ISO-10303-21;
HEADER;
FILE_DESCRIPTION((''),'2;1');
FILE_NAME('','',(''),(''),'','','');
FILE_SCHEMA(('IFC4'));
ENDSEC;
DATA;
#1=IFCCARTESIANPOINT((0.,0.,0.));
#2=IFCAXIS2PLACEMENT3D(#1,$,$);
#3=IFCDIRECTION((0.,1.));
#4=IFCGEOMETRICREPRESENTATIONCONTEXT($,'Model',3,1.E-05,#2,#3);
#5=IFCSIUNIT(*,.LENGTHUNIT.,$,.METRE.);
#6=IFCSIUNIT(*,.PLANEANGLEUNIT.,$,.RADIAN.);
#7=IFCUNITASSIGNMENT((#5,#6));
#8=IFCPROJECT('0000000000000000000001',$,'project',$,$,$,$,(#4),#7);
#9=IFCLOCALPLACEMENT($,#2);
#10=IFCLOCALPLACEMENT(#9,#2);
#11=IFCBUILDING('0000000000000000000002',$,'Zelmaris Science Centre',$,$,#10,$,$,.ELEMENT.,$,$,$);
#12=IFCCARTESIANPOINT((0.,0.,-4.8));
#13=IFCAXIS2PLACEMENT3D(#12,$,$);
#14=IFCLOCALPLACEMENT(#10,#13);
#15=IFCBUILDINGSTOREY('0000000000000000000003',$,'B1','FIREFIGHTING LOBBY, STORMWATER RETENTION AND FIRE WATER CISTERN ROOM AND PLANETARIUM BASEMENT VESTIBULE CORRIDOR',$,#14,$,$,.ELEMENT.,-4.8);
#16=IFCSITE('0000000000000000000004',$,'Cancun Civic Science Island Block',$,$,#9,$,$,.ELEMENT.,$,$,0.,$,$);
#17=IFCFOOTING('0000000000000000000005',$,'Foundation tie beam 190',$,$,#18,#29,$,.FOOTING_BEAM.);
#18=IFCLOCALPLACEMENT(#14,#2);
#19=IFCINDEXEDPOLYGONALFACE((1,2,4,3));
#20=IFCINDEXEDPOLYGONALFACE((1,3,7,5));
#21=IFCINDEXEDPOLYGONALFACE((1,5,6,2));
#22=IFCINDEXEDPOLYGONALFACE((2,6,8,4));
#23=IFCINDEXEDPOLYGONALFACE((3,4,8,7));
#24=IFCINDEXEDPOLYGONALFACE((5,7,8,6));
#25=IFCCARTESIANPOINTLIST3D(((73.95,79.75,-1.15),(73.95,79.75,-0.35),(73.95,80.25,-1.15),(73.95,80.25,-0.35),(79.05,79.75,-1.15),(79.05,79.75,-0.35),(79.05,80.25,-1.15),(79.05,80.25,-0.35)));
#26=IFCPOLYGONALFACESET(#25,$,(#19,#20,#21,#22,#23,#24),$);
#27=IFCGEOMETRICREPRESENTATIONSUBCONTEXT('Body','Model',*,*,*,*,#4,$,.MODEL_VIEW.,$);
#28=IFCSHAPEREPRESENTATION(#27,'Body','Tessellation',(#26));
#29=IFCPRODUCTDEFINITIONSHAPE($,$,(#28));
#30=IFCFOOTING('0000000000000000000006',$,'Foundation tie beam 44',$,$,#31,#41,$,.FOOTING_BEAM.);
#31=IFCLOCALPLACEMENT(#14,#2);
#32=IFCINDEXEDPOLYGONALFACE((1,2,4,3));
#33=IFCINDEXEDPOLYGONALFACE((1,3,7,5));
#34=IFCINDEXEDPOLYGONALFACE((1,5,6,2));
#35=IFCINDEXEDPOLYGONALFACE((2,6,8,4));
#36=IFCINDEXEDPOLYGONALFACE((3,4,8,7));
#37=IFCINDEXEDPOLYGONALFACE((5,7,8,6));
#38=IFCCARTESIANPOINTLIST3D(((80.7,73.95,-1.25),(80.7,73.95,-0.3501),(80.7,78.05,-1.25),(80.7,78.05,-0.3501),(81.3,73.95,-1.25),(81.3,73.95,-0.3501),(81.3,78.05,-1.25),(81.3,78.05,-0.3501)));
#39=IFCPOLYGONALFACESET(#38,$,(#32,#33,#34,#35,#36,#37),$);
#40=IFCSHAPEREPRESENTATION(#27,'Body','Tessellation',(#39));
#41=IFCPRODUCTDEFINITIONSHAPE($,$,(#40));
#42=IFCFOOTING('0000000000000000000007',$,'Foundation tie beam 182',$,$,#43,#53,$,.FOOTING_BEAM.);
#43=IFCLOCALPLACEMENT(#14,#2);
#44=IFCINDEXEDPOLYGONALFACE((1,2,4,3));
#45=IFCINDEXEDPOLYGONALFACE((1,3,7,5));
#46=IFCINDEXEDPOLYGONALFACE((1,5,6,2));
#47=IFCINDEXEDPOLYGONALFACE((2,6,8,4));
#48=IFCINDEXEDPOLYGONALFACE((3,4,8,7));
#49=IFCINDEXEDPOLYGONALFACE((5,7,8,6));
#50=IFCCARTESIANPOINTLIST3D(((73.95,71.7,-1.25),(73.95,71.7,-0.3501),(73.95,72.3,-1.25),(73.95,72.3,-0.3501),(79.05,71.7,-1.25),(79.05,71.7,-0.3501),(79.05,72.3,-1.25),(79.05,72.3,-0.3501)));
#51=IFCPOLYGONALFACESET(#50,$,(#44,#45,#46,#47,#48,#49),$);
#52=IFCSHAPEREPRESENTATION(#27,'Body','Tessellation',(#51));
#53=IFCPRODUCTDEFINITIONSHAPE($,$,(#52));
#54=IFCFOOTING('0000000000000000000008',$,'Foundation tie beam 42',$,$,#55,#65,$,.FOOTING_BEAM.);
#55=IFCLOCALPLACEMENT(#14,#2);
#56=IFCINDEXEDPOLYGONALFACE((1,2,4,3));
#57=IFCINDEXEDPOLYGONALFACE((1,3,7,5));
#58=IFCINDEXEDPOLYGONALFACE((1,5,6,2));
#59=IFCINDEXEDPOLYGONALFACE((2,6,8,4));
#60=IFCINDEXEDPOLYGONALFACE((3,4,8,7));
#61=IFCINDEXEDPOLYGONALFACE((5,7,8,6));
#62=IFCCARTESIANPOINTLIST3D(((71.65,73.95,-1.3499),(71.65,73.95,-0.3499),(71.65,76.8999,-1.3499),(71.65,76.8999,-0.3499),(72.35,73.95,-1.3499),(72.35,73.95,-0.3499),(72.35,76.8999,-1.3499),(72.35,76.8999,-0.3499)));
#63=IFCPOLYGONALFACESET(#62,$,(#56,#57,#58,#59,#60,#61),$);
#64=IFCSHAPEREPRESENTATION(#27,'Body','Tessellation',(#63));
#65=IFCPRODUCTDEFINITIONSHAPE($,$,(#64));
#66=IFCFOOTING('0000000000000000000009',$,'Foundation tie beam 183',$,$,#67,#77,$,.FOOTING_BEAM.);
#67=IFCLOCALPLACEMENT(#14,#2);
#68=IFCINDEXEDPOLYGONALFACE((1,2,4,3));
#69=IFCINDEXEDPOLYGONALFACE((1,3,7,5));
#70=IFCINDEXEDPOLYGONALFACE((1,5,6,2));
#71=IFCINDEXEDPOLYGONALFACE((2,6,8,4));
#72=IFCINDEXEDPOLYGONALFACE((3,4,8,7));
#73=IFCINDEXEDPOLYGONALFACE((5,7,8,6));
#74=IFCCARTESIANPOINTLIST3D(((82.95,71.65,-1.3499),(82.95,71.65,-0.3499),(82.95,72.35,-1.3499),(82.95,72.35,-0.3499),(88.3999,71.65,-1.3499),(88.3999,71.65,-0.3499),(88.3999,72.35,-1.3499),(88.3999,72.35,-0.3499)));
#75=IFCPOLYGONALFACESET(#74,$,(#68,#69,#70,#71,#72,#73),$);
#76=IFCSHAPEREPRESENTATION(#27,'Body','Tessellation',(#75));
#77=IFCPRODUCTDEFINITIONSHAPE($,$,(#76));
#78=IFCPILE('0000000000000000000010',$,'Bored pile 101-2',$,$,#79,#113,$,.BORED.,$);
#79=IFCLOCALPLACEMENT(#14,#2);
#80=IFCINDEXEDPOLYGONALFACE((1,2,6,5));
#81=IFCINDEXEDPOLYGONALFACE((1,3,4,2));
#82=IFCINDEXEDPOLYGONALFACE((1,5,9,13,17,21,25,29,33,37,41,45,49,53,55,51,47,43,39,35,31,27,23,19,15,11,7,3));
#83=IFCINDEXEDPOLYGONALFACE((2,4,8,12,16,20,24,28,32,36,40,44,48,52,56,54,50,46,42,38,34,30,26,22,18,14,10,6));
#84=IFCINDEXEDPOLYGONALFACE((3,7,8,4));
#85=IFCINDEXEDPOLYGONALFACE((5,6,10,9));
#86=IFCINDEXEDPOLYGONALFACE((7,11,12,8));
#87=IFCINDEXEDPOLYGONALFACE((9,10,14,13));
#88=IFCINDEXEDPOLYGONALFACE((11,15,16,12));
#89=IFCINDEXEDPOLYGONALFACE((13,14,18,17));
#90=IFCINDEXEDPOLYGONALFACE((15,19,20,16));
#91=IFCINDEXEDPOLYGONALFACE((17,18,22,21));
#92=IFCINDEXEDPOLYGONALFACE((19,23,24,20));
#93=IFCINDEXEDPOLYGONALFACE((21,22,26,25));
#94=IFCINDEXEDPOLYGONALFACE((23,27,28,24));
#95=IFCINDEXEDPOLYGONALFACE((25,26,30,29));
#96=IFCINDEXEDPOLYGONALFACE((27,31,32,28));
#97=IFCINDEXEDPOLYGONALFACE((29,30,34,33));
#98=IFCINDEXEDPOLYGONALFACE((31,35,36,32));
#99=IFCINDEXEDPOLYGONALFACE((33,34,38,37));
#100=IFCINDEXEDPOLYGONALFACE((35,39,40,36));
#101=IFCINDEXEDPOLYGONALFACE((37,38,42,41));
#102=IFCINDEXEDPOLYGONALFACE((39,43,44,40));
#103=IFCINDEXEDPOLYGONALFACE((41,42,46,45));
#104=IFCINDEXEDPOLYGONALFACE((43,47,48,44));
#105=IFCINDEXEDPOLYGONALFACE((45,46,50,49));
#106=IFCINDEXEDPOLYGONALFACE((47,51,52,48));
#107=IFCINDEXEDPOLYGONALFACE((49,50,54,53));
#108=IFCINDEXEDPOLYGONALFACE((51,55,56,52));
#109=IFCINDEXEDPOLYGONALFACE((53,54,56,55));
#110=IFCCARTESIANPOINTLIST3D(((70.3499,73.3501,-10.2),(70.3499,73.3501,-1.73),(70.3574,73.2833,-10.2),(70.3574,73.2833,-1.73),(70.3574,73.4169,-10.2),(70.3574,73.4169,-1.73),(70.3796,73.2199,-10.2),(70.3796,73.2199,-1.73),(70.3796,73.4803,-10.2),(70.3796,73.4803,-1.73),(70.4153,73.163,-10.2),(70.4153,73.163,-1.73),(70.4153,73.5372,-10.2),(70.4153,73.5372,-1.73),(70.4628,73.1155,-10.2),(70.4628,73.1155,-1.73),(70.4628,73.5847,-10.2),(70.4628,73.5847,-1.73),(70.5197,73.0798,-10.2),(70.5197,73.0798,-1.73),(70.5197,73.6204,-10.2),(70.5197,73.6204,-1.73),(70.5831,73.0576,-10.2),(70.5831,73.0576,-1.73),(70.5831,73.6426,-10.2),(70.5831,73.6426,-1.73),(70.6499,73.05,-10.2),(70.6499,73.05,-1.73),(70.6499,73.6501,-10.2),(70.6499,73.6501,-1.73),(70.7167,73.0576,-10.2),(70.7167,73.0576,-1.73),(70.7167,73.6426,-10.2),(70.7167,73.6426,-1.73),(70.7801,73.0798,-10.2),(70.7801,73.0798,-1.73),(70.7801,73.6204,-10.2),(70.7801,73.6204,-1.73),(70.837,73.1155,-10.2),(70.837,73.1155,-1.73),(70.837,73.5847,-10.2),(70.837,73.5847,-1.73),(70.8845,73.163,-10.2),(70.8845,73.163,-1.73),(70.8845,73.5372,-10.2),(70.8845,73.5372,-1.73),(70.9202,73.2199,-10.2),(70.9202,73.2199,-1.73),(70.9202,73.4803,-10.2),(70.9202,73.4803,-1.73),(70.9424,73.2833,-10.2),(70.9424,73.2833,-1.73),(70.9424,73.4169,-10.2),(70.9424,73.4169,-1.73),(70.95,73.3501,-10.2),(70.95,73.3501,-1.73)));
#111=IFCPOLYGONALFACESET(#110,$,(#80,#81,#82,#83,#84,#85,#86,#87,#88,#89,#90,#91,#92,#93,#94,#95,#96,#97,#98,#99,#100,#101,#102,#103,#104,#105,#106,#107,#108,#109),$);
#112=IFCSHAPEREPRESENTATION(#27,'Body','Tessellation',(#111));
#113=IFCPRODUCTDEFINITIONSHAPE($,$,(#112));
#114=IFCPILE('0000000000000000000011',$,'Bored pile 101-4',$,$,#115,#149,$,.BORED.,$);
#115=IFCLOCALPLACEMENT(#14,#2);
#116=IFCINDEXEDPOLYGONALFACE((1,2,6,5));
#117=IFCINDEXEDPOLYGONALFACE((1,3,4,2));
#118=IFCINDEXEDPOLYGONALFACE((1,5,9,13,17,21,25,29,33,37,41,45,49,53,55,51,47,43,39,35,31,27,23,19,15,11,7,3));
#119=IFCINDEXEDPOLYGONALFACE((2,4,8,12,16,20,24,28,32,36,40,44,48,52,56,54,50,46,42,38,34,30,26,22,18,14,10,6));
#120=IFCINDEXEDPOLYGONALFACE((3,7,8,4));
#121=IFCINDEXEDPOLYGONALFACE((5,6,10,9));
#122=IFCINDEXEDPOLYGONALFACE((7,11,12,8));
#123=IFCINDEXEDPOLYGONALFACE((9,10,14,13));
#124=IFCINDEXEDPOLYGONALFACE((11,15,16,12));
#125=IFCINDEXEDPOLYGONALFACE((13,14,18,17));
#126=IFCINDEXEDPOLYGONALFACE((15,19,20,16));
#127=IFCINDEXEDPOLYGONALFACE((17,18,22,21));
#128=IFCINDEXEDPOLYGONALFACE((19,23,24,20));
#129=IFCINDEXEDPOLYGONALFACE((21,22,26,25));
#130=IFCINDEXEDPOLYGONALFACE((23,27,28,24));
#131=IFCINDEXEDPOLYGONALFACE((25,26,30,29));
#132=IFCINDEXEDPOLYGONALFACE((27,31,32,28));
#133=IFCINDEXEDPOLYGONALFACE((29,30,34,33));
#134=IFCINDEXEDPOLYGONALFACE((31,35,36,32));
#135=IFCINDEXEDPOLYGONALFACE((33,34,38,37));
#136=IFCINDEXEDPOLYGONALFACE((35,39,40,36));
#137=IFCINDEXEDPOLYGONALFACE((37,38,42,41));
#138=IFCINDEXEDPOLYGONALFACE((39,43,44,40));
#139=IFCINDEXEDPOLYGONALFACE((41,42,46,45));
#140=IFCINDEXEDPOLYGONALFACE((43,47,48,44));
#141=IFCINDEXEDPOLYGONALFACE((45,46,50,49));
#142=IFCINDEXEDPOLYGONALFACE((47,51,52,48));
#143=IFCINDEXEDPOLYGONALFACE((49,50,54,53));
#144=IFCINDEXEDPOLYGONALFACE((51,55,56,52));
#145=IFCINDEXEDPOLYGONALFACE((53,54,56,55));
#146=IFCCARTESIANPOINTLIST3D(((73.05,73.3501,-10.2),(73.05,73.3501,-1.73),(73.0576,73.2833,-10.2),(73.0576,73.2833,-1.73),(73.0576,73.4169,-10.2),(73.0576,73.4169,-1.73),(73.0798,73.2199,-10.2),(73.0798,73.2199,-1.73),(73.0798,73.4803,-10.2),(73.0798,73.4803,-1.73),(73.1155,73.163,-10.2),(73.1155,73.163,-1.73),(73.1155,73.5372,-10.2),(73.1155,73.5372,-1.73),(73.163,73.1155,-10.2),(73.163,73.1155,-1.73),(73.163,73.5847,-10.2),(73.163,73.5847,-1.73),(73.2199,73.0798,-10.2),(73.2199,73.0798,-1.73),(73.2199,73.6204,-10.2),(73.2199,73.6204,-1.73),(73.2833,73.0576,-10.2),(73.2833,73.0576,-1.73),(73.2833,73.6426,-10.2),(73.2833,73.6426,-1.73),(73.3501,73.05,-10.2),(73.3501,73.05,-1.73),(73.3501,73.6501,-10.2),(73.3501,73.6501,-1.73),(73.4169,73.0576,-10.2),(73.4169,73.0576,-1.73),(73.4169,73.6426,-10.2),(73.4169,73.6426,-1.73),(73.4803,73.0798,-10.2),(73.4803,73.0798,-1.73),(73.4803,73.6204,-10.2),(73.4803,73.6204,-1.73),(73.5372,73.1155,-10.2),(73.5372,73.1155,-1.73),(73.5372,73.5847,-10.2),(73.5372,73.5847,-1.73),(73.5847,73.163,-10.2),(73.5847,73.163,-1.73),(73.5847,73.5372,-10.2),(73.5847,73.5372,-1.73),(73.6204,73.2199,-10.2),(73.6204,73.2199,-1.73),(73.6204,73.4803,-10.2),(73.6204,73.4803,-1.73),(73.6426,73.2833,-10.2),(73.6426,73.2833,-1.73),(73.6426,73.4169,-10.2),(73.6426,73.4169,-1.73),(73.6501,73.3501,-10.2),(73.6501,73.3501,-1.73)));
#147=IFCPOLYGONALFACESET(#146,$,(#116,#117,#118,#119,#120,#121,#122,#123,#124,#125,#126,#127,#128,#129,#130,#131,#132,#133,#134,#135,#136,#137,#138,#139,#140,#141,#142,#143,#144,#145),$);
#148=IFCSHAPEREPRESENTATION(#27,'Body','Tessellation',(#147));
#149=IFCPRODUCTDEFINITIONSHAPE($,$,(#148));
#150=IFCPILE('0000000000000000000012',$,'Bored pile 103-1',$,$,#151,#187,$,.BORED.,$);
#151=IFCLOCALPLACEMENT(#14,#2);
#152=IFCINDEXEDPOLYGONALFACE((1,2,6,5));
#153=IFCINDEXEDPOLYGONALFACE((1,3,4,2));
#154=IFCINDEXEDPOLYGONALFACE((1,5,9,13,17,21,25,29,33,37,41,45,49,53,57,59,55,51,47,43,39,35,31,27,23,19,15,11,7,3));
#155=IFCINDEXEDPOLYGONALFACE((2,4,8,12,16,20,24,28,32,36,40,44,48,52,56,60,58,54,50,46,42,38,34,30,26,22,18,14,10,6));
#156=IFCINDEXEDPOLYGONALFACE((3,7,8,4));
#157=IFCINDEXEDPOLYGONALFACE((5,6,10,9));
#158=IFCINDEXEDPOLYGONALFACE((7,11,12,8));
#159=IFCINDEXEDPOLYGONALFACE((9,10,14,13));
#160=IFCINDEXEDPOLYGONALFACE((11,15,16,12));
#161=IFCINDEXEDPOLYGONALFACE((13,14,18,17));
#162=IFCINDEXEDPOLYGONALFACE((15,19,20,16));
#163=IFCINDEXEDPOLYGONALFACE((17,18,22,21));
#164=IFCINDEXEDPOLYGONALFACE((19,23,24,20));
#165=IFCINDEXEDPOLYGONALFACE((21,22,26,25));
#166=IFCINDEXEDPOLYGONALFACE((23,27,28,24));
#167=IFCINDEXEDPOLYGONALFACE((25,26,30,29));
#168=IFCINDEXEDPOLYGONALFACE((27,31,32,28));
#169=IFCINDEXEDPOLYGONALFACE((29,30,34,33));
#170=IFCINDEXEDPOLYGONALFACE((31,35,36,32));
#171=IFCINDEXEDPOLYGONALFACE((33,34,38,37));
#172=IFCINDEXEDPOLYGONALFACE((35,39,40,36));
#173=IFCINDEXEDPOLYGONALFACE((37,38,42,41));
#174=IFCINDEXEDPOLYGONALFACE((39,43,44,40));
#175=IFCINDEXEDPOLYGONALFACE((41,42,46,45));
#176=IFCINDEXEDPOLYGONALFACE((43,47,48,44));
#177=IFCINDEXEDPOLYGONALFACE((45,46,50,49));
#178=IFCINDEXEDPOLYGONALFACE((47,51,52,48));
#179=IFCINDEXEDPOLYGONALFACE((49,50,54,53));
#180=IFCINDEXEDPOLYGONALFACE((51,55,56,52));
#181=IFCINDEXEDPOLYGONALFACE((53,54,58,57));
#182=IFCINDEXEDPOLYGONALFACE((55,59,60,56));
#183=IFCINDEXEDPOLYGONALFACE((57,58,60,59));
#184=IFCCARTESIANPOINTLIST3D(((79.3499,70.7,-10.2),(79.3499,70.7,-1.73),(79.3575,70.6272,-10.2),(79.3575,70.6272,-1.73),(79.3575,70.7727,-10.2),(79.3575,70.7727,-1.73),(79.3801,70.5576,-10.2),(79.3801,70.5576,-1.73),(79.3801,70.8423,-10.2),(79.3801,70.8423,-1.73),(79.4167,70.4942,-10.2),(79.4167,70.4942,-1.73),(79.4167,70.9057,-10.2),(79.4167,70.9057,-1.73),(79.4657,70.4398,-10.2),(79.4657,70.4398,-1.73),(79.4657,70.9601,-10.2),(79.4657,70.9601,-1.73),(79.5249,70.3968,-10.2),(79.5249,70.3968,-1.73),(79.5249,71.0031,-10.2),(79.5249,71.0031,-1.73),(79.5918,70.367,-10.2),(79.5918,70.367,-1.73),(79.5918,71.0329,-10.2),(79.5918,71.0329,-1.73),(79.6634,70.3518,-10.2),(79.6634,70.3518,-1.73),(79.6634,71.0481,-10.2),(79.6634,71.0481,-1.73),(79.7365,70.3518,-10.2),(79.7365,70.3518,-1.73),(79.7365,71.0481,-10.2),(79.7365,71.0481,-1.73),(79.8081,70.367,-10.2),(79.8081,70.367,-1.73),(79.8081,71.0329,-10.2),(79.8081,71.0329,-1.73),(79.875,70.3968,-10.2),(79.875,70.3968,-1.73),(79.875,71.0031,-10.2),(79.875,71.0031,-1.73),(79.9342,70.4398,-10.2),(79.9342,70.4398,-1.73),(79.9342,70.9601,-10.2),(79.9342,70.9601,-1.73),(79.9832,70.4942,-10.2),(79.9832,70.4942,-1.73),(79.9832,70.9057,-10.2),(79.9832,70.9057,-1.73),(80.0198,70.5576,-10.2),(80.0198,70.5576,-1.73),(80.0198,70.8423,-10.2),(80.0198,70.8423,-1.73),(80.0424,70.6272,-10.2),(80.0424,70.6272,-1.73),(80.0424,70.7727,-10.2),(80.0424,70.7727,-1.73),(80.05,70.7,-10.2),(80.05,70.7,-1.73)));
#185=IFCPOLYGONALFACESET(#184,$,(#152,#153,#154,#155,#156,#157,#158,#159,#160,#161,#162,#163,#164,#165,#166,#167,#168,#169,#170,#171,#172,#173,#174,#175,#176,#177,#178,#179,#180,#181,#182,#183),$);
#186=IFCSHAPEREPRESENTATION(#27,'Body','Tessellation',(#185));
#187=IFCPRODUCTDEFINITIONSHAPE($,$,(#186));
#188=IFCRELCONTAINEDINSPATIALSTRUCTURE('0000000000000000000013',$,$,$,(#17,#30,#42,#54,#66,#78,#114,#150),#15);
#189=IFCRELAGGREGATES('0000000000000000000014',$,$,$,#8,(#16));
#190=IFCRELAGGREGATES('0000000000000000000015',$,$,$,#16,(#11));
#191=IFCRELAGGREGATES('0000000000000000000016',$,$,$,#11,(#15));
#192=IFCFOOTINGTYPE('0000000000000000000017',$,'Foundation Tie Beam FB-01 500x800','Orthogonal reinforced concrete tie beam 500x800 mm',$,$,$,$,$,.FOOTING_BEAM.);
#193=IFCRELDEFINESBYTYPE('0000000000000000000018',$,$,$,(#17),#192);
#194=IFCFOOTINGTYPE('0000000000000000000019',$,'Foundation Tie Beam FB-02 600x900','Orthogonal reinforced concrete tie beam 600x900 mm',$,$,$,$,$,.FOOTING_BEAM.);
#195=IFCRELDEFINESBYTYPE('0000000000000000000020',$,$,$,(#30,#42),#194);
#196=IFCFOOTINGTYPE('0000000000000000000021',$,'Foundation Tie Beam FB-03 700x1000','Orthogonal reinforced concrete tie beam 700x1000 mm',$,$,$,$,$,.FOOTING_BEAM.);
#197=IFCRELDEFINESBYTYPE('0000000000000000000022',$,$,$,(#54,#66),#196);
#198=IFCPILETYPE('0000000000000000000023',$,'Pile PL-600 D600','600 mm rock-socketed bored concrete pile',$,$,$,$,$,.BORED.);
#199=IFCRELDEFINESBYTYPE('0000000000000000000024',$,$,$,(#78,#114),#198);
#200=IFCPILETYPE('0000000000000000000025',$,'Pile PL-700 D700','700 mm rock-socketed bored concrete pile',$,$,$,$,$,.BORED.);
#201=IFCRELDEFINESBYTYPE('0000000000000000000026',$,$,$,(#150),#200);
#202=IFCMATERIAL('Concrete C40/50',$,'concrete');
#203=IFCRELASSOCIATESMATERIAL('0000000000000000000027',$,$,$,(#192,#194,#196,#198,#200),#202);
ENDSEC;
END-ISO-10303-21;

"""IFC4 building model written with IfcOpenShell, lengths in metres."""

from ifc_helpers import new_model, si_unit, direction, frame, origin, origin_2d, place, context, subcontext, project, spatial, rectangle, circle, extrude, material, material_profile, profile_set, type_object, element, save


model = new_model("IFC4")

# Units and contexts
model_context = context("Model", 3, precision=1e-05, world=origin(), true_north=direction((0.0, 1.0)))
body_context = subcontext(model_context, "Body", "Model", "MODEL_VIEW")
ifc_project = project(units=[si_unit("LENGTHUNIT", "METRE"), si_unit("PLANEANGLEUNIT", "RADIAN")], contexts=[model_context])

# Site, building, storey
site_placement = place(None, origin())
site = spatial("IfcSite", under=ifc_project, at=site_placement, Name="Cancun Civic Science Island Block", CompositionType="ELEMENT", RefElevation=0.0)
building_placement = place(site_placement, origin())
building = spatial("IfcBuilding", under=site, at=building_placement, Name="Zelmaris Science Centre", CompositionType="ELEMENT")
storey_placement = place(building_placement, frame((0.0, 0.0, -4.8)))
storey = spatial("IfcBuildingStorey", under=building, at=storey_placement, Name="B1", Description="FIREFIGHTING LOBBY, STORMWATER RETENTION AND FIRE WATER CISTERN ROOM AND PLANETARIUM BASEMENT VESTIBULE CORRIDOR", CompositionType="ELEMENT", Elevation=-4.8)

# Footings
ifc_material_1 = material(Name="Concrete C40/50", Category="concrete")
ifc_material_profile_1 = material_profile(ifc_material_1, rectangle(XDim=0.5, YDim=0.8, at=origin_2d()), Name="FB-500X800")
ifc_profile_set_1 = profile_set([ifc_material_profile_1], Name="Concrete C40/50")
footing_type_1 = type_object("IfcFootingType", Name="Foundation Tie Beam FB-01 500x800", Description="Orthogonal reinforced concrete tie beam 500x800 mm", PredefinedType="FOOTING_BEAM", material=ifc_profile_set_1)
footing_1_placement = place(storey_placement, frame((73.95, 80.0, -0.75), z_axis=(1.0, 0.0, 0.0), x_axis=(0.0, 1.0, 0.0)))
element("IfcFooting", 1, at=footing_1_placement, inside=storey, type_object=footing_type_1, Name="Foundation tie beam 190", PredefinedType="FOOTING_BEAM", context=body_context, shape_type="SweptSolid", body=[
    extrude(rectangle(XDim=0.5, YDim=0.8, at=origin_2d()), origin(), (0.0, 0.0, 1.0), 5.1001),
])
ifc_material_profile_2 = material_profile(ifc_material_1, rectangle(XDim=0.6001, YDim=0.8999, at=origin_2d()), Name="FB-600X900")
ifc_profile_set_2 = profile_set([ifc_material_profile_2], Name="Concrete C40/50")
footing_type_2 = type_object("IfcFootingType", Name="Foundation Tie Beam FB-02 600x900", Description="Orthogonal reinforced concrete tie beam 600x900 mm", PredefinedType="FOOTING_BEAM", material=ifc_profile_set_2)
footing_2_placement = place(storey_placement, frame((81.0, 73.95, -0.8), z_axis=(0.0, 1.0, 0.0), x_axis=(-1.0, 0.0, 0.0)))
element("IfcFooting", 2, at=footing_2_placement, inside=storey, type_object=footing_type_2, Name="Foundation tie beam 44", PredefinedType="FOOTING_BEAM", context=body_context, shape_type="SweptSolid", body=[
    extrude(rectangle(XDim=0.6001, YDim=0.8999, at=origin_2d()), origin(), (0.0, 0.0, 1.0), 4.1001),
])
footing_3_placement = place(storey_placement, frame((73.95, 72.0, -0.8), z_axis=(1.0, 0.0, 0.0), x_axis=(0.0, 1.0, 0.0)))
element("IfcFooting", 3, at=footing_3_placement, inside=storey, type_object=footing_type_2, Name="Foundation tie beam 182", PredefinedType="FOOTING_BEAM", context=body_context, shape_type="SweptSolid", body=[
    extrude(rectangle(XDim=0.6001, YDim=0.8999, at=origin_2d()), origin(), (0.0, 0.0, 1.0), 5.1001),
])
ifc_material_profile_3 = material_profile(ifc_material_1, rectangle(XDim=0.7, YDim=1.0, at=origin_2d()), Name="FB-700X1000")
ifc_profile_set_3 = profile_set([ifc_material_profile_3], Name="Concrete C40/50")
footing_type_3 = type_object("IfcFootingType", Name="Foundation Tie Beam FB-03 700x1000", Description="Orthogonal reinforced concrete tie beam 700x1000 mm", PredefinedType="FOOTING_BEAM", material=ifc_profile_set_3)
footing_4_placement = place(storey_placement, frame((72.0, 73.95, -0.8499), z_axis=(0.0, 1.0, 0.0), x_axis=(-1.0, 0.0, 0.0)))
element("IfcFooting", 4, at=footing_4_placement, inside=storey, type_object=footing_type_3, Name="Foundation tie beam 42", PredefinedType="FOOTING_BEAM", context=body_context, shape_type="SweptSolid", body=[
    extrude(rectangle(XDim=0.7, YDim=1.0, at=origin_2d()), origin(), (0.0, 0.0, 1.0), 2.95),
])
footing_5_placement = place(storey_placement, frame((82.95, 72.0, -0.8499), z_axis=(1.0, 0.0, 0.0), x_axis=(0.0, 1.0, 0.0)))
element("IfcFooting", 5, at=footing_5_placement, inside=storey, type_object=footing_type_3, Name="Foundation tie beam 183", PredefinedType="FOOTING_BEAM", context=body_context, shape_type="SweptSolid", body=[
    extrude(rectangle(XDim=0.7, YDim=1.0, at=origin_2d()), origin(), (0.0, 0.0, 1.0), 5.45),
])

# Piles
ifc_material_profile_4 = material_profile(ifc_material_1, circle(Radius=0.3, at=origin_2d()), Name="PILE-600")
ifc_profile_set_4 = profile_set([ifc_material_profile_4], Name="Concrete C40/50")
pile_type_1 = type_object("IfcPileType", Name="Pile PL-600 D600", Description="600 mm rock-socketed bored concrete pile", PredefinedType="BORED", material=ifc_profile_set_4)
for number, where, z_axis, x_axis, name in (
    (6, (70.6499, 73.3501, -1.73), (0.0, 0.0, -1.0), (1.0, 0.0, 0.0), "Bored pile 101-2"),
    (7, (73.3501, 73.3501, -1.73), (0.0, 0.0, -1.0), (1.0, 0.0, 0.0), "Bored pile 101-4"),
):
    element("IfcPile", number, at=place(storey_placement, frame(where, z_axis=z_axis, x_axis=x_axis)), inside=storey, type_object=pile_type_1, Name=name, PredefinedType="BORED", context=body_context, shape_type="SweptSolid", body=[
        extrude(circle(Radius=0.3, at=origin_2d()), origin(), (0.0, 0.0, 1.0), 8.47),
    ])
ifc_material_profile_5 = material_profile(ifc_material_1, circle(Radius=0.3501, at=origin_2d()), Name="PILE-700")
ifc_profile_set_5 = profile_set([ifc_material_profile_5], Name="Concrete C40/50")
pile_type_2 = type_object("IfcPileType", Name="Pile PL-700 D700", Description="700 mm rock-socketed bored concrete pile", PredefinedType="BORED", material=ifc_profile_set_5)
for number, where, z_axis, x_axis, name in (
    (8, (79.7, 70.7, -1.73), (0.0, 0.0, -1.0), (1.0, 0.0, 0.0), "Bored pile 103-1"),
):
    element("IfcPile", number, at=place(storey_placement, frame(where, z_axis=z_axis, x_axis=x_axis)), inside=storey, type_object=pile_type_2, Name=name, PredefinedType="BORED", context=body_context, shape_type="SweptSolid", body=[
        extrude(circle(Radius=0.3501, at=origin_2d()), origin(), (0.0, 0.0, 1.0), 8.47),
    ])

save(model, "model.ifc")
